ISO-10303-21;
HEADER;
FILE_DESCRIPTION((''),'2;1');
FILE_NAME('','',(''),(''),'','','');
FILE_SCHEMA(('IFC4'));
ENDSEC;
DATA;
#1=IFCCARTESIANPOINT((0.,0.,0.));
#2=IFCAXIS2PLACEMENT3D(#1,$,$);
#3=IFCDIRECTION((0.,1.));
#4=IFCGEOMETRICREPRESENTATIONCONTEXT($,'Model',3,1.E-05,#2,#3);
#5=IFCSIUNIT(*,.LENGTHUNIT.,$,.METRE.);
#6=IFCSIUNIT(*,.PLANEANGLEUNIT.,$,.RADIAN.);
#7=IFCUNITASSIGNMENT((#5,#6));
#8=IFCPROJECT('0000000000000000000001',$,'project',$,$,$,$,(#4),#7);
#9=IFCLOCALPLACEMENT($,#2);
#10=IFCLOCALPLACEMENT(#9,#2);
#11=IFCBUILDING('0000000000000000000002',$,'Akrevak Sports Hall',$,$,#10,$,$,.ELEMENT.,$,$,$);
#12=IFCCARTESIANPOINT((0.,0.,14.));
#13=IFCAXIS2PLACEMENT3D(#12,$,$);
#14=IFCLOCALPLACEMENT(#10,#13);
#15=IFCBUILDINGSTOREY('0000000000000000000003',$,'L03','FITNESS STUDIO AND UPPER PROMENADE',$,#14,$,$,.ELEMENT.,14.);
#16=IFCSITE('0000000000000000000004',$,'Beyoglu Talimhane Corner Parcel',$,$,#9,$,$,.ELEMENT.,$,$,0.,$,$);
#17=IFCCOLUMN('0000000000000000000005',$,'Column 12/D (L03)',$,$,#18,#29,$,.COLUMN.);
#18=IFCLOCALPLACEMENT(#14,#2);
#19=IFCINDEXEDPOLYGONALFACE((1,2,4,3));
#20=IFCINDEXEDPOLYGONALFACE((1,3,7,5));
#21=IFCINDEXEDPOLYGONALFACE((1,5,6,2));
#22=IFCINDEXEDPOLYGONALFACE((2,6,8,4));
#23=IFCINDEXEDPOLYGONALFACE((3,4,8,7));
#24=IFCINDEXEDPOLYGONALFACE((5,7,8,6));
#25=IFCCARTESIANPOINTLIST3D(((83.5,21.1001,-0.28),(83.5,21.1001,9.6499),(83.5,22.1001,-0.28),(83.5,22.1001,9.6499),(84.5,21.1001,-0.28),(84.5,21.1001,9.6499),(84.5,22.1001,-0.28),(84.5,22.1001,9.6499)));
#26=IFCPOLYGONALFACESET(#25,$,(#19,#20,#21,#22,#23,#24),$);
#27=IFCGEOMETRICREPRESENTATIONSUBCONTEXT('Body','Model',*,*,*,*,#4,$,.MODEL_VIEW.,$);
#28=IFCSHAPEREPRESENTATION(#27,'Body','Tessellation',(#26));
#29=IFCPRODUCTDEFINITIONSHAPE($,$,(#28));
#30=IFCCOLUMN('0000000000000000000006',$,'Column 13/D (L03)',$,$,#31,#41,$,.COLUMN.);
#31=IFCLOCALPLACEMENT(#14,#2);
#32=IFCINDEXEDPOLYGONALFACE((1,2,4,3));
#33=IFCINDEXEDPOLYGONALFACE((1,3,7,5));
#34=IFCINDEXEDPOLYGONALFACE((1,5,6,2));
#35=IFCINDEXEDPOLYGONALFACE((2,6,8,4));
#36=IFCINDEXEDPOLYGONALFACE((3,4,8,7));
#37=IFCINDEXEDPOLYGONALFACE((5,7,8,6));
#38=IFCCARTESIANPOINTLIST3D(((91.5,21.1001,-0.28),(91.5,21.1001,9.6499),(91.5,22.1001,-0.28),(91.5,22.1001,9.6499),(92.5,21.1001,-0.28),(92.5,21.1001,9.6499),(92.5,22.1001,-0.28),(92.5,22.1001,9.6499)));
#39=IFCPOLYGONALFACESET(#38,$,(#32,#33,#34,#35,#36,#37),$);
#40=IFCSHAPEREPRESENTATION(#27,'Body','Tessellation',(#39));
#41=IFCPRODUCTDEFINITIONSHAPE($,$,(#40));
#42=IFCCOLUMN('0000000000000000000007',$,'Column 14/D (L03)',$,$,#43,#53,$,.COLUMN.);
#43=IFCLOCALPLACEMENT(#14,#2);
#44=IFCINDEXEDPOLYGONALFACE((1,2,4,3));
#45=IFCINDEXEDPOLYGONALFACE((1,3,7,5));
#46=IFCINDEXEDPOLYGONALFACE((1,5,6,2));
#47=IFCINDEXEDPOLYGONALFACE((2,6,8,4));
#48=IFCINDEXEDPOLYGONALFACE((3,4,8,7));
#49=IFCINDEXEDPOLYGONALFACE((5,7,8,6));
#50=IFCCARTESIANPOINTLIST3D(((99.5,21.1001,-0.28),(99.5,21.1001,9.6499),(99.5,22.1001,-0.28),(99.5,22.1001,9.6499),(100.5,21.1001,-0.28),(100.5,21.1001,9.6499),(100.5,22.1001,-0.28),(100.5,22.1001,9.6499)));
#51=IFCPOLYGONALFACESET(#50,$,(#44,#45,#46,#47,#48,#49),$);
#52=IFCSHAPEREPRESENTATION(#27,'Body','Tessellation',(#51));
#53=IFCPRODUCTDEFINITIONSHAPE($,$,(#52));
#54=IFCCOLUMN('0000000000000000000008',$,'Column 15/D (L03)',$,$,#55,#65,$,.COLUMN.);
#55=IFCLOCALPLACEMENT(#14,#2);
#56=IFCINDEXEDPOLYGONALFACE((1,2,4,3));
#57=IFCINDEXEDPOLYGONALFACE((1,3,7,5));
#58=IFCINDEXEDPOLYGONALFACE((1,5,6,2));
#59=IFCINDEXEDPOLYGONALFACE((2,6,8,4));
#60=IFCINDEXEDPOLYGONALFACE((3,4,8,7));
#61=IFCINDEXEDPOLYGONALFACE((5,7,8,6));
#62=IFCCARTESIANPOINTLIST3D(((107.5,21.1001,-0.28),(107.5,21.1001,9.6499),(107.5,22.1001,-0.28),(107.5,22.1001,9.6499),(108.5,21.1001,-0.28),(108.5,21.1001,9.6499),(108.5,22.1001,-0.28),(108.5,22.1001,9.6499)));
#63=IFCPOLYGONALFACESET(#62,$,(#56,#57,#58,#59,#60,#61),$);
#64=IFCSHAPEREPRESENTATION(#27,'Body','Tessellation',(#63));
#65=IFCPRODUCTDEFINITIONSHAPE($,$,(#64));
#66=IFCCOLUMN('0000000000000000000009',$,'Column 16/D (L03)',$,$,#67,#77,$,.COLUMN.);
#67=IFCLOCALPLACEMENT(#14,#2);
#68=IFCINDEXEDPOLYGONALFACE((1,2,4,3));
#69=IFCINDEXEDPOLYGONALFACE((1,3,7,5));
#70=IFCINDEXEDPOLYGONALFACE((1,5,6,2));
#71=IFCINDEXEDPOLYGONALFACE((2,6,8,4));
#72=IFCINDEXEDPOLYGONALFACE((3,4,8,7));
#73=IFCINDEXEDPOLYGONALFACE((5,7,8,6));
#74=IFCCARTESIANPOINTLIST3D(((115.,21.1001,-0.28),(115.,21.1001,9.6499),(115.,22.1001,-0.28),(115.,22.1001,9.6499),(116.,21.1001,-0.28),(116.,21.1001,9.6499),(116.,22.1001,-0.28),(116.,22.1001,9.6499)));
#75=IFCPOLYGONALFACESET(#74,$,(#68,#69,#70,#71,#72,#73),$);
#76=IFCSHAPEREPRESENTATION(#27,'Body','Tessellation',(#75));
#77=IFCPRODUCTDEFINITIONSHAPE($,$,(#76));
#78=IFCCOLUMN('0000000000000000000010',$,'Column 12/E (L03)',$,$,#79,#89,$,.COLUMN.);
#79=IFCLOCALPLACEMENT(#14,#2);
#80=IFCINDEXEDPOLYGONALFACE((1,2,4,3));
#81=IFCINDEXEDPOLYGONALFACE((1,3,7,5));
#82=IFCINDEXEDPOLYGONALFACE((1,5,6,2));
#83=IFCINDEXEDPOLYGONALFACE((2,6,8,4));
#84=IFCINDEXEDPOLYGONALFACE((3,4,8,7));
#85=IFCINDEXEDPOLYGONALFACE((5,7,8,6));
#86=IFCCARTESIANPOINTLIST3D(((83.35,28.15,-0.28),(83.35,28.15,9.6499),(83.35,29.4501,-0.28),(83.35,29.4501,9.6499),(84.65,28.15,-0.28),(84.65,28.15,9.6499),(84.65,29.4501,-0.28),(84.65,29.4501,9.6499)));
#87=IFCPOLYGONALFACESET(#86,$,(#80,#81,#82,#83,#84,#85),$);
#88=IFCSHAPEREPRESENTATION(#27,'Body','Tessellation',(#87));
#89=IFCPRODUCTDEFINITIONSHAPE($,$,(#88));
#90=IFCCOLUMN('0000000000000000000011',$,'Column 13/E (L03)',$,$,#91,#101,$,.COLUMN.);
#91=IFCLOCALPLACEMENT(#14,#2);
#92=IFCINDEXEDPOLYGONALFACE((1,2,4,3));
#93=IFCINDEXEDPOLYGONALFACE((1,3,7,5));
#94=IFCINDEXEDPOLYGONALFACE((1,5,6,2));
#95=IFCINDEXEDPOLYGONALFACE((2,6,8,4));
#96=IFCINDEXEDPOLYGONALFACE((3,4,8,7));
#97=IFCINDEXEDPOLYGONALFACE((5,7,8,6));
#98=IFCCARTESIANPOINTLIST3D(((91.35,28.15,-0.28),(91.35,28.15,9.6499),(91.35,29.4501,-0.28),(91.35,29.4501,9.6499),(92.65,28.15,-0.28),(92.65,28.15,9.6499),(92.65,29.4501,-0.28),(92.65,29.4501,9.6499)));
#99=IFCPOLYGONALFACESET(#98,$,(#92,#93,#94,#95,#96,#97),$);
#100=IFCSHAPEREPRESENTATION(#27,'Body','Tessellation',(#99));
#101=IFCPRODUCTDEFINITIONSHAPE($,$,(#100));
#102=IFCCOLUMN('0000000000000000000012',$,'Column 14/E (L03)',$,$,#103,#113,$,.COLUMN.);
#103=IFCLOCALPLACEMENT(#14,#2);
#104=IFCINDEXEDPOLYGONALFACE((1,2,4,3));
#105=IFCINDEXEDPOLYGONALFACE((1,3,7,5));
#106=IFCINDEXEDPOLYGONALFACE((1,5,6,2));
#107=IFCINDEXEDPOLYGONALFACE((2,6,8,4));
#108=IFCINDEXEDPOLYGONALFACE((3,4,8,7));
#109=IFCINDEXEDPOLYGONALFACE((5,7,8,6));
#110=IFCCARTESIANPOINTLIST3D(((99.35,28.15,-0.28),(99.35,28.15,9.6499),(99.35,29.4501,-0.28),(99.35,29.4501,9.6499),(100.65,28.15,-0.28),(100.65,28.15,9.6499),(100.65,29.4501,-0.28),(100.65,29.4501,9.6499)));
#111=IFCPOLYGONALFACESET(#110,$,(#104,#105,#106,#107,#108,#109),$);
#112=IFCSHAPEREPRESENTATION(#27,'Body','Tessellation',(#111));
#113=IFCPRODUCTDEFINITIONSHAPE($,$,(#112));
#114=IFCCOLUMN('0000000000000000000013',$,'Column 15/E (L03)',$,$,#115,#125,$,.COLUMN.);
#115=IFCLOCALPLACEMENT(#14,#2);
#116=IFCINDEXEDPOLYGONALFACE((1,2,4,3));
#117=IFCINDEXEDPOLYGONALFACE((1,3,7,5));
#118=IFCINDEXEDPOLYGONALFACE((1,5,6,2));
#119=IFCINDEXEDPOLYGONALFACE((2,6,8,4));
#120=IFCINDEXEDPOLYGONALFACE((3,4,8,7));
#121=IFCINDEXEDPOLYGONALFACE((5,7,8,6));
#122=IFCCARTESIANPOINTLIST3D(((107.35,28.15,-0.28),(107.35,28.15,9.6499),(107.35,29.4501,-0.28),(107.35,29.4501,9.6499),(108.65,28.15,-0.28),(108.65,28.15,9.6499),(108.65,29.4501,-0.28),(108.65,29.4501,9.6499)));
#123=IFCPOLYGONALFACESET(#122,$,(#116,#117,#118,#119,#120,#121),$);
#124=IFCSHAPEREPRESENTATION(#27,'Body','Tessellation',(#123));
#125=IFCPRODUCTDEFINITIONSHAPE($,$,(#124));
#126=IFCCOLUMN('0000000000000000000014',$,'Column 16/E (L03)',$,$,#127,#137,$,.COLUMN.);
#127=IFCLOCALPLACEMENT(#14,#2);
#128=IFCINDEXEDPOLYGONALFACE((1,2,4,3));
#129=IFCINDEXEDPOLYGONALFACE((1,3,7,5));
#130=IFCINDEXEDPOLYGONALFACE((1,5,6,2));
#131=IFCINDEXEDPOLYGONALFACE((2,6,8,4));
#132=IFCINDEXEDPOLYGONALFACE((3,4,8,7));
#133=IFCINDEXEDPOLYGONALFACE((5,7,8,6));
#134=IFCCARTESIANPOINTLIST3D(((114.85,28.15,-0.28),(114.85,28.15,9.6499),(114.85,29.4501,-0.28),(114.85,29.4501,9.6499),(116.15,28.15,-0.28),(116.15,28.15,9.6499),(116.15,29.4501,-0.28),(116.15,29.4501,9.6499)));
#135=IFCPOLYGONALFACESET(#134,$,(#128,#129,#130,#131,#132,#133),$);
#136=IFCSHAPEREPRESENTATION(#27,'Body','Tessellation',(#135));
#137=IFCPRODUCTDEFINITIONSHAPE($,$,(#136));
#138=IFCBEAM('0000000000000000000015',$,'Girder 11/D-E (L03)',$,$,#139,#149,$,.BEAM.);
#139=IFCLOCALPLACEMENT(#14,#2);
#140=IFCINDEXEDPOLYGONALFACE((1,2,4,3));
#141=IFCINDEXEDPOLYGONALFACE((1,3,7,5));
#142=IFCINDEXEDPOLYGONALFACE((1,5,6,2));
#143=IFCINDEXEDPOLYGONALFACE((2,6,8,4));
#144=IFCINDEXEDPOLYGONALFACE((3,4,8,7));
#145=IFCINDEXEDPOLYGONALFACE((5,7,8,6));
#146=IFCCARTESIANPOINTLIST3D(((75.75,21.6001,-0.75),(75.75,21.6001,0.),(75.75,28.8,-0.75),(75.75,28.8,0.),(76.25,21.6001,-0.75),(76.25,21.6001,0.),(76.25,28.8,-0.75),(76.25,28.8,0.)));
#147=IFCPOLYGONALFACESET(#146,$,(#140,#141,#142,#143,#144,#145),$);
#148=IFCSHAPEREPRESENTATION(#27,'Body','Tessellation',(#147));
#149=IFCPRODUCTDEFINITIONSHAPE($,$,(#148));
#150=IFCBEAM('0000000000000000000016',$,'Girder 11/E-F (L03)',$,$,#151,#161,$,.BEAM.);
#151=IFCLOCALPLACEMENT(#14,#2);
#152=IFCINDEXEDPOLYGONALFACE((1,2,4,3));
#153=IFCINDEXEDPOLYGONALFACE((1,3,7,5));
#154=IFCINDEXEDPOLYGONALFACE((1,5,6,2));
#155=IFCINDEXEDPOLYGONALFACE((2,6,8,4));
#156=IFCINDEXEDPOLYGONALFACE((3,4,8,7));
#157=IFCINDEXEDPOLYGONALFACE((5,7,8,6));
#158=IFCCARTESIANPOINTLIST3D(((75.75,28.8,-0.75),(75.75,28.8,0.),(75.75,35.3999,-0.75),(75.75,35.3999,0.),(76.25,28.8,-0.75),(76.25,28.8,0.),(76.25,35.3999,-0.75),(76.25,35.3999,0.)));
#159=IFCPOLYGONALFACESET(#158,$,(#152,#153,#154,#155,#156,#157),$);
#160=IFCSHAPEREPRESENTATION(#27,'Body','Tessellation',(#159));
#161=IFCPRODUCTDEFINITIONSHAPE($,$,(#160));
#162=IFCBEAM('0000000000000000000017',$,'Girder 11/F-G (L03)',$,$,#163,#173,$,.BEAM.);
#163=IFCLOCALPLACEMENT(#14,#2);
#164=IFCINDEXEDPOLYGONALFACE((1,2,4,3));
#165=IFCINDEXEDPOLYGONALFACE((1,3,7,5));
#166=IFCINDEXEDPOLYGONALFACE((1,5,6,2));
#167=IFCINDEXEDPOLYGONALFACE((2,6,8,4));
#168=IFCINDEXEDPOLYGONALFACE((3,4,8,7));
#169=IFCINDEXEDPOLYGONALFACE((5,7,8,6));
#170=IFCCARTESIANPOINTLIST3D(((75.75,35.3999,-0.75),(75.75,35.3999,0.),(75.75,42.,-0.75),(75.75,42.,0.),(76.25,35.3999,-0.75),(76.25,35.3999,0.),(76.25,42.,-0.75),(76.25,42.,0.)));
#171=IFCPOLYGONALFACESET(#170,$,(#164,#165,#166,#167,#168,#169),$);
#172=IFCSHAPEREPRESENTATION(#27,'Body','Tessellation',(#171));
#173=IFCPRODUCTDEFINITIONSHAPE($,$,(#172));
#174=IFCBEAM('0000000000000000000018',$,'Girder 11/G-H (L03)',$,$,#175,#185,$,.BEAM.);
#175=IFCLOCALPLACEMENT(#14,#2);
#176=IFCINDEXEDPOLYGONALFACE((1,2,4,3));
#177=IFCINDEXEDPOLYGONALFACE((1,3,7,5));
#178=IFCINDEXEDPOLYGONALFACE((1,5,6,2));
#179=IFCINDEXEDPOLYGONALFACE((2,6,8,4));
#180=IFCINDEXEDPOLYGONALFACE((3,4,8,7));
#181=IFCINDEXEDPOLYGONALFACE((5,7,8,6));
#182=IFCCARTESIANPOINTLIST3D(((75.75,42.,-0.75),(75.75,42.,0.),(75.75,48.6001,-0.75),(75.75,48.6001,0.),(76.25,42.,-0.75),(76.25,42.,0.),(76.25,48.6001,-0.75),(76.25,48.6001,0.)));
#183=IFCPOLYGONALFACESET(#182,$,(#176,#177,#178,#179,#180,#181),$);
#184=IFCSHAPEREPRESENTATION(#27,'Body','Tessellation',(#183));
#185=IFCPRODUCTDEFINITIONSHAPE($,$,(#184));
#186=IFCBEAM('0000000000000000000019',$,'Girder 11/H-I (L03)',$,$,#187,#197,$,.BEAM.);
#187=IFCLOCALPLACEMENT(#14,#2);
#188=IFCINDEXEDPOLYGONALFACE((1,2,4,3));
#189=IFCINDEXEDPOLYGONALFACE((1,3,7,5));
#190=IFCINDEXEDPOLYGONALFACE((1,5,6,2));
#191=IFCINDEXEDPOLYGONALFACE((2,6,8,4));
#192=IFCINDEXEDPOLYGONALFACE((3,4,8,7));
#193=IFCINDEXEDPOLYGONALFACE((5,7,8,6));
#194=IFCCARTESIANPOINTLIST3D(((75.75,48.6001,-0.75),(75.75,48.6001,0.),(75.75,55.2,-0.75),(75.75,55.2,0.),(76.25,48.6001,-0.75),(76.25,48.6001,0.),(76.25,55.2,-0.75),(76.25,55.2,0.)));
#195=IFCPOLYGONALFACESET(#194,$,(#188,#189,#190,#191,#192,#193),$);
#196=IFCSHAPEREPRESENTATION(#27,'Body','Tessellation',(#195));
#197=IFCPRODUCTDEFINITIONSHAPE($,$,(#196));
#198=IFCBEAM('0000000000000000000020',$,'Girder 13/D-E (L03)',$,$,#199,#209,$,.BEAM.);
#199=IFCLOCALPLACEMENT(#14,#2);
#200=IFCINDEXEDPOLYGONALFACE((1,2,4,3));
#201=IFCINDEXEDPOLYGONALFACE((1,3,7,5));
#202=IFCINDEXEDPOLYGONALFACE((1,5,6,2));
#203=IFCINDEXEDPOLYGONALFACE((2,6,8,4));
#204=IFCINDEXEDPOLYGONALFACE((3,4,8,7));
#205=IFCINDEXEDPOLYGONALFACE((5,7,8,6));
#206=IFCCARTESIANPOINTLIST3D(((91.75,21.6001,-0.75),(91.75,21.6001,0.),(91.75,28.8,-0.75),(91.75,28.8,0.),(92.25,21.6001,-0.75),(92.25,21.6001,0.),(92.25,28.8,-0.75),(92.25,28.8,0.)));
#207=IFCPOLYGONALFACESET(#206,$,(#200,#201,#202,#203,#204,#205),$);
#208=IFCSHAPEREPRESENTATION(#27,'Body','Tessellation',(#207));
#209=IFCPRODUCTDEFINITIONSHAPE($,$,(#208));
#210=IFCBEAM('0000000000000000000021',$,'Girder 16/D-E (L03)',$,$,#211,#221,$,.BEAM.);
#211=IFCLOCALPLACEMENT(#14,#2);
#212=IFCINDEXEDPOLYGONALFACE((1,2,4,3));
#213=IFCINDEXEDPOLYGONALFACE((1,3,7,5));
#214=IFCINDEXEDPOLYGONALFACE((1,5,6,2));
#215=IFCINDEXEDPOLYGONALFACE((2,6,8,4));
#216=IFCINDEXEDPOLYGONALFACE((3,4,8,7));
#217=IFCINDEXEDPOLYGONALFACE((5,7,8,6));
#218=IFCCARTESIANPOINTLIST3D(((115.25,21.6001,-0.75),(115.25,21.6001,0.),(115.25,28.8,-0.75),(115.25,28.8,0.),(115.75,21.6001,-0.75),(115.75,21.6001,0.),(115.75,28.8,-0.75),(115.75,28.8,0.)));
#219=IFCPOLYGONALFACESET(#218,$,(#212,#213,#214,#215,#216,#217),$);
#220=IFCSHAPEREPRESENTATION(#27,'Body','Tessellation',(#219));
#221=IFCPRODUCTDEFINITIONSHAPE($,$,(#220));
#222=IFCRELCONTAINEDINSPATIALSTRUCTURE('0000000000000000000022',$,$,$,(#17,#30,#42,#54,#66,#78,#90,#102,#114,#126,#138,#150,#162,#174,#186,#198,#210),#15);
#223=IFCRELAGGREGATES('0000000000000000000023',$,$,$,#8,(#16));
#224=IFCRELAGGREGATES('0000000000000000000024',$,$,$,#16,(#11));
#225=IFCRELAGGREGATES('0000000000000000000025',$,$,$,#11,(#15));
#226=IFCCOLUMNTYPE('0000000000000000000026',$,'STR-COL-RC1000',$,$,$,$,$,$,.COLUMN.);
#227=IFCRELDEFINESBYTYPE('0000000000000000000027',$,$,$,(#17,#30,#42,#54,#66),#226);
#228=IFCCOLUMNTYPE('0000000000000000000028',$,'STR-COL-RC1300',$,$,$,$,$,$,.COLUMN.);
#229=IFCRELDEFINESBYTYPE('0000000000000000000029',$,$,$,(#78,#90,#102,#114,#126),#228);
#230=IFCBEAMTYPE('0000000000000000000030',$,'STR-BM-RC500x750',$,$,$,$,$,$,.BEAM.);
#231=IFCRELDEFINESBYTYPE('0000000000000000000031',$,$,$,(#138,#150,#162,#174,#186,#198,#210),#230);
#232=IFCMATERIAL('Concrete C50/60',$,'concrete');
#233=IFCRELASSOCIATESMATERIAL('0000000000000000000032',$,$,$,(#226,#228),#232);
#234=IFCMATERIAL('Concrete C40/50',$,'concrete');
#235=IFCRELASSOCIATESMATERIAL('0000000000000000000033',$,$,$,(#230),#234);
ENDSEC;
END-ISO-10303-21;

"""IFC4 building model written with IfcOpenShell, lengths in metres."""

from ifc_helpers import new_model, si_unit, direction, frame, origin, origin_2d, place, context, subcontext, project, spatial, rectangle, extrude, material, material_profile, profile_set, type_object, element, save


model = new_model("IFC4")

# Units and contexts
model_context = context("Model", 3, precision=1e-05, world=origin(), true_north=direction((0.0, 1.0)))
body_context = subcontext(model_context, "Body", "Model", "MODEL_VIEW")
ifc_project = project(units=[si_unit("LENGTHUNIT", "METRE"), si_unit("PLANEANGLEUNIT", "RADIAN")], contexts=[model_context])

# Site, building, storey
site_placement = place(None, origin())
site = spatial("IfcSite", under=ifc_project, at=site_placement, Name="Beyoglu Talimhane Corner Parcel", CompositionType="ELEMENT", RefElevation=0.0)
building_placement = place(site_placement, origin())
building = spatial("IfcBuilding", under=site, at=building_placement, Name="Akrevak Sports Hall", CompositionType="ELEMENT")
storey_placement = place(building_placement, frame((0.0, 0.0, 14.0)))
storey = spatial("IfcBuildingStorey", under=building, at=storey_placement, Name="L03", Description="FITNESS STUDIO AND UPPER PROMENADE", CompositionType="ELEMENT", Elevation=14.0)

# Columns
ifc_material_1 = material(Name="Concrete C50/60", Category="concrete")
ifc_material_profile_1 = material_profile(ifc_material_1, rectangle(XDim=1.0, YDim=1.0, at=origin_2d()), Name="RC 1000x1000", Category="concrete")
ifc_profile_set_1 = profile_set([ifc_material_profile_1], Name="Concrete C50/60")
column_type_1 = type_object("IfcColumnType", Name="STR-COL-RC1000", PredefinedType="COLUMN", material=ifc_profile_set_1)
for number, where, z_axis, x_axis, name in (
    (1, (84.0, 21.6001, -0.28), (0.0, 0.0, 1.0), (1.0, 0.0, 0.0), "Column 12/D (L03)"),
    (2, (92.0, 21.6001, -0.28), (0.0, 0.0, 1.0), (1.0, 0.0, 0.0), "Column 13/D (L03)"),
    (3, (100.0, 21.6001, -0.28), (0.0, 0.0, 1.0), (1.0, 0.0, 0.0), "Column 14/D (L03)"),
    (4, (108.0, 21.6001, -0.28), (0.0, 0.0, 1.0), (1.0, 0.0, 0.0), "Column 15/D (L03)"),
    (5, (115.5, 21.6001, -0.28), (0.0, 0.0, 1.0), (1.0, 0.0, 0.0), "Column 16/D (L03)"),
):
    element("IfcColumn", number, at=place(storey_placement, frame(where, z_axis=z_axis, x_axis=x_axis)), inside=storey, type_object=column_type_1, Name=name, PredefinedType="COLUMN", context=body_context, shape_type="SweptSolid", body=[
        extrude(rectangle(XDim=1.0, YDim=1.0, at=origin_2d()), origin(), (0.0, 0.0, 1.0), 9.9299),
    ])
ifc_material_profile_2 = material_profile(ifc_material_1, rectangle(XDim=1.3, YDim=1.3, at=origin_2d()), Name="RC 1300x1300", Category="concrete")
ifc_profile_set_2 = profile_set([ifc_material_profile_2], Name="Concrete C50/60")
column_type_2 = type_object("IfcColumnType", Name="STR-COL-RC1300", PredefinedType="COLUMN", material=ifc_profile_set_2)
for number, where, z_axis, x_axis, name in (
    (6, (84.0, 28.8, -0.28), (0.0, 0.0, 1.0), (1.0, 0.0, 0.0), "Column 12/E (L03)"),
    (7, (92.0, 28.8, -0.28), (0.0, 0.0, 1.0), (1.0, 0.0, 0.0), "Column 13/E (L03)"),
    (8, (100.0, 28.8, -0.28), (0.0, 0.0, 1.0), (1.0, 0.0, 0.0), "Column 14/E (L03)"),
    (9, (108.0, 28.8, -0.28), (0.0, 0.0, 1.0), (1.0, 0.0, 0.0), "Column 15/E (L03)"),
    (10, (115.5, 28.8, -0.28), (0.0, 0.0, 1.0), (1.0, 0.0, 0.0), "Column 16/E (L03)"),
):
    element("IfcColumn", number, at=place(storey_placement, frame(where, z_axis=z_axis, x_axis=x_axis)), inside=storey, type_object=column_type_2, Name=name, PredefinedType="COLUMN", context=body_context, shape_type="SweptSolid", body=[
        extrude(rectangle(XDim=1.3, YDim=1.3, at=origin_2d()), origin(), (0.0, 0.0, 1.0), 9.9299),
    ])

# Beams
ifc_material_2 = material(Name="Concrete C40/50", Category="concrete")
ifc_material_profile_3 = material_profile(ifc_material_2, rectangle(XDim=0.5, YDim=0.75, at=origin_2d()), Name="BM 500x750", Category="concrete")
ifc_profile_set_3 = profile_set([ifc_material_profile_3], Name="Concrete C40/50")
beam_type_1 = type_object("IfcBeamType", Name="STR-BM-RC500x750", PredefinedType="BEAM", material=ifc_profile_set_3)
beam_1_placement = place(storey_placement, frame((76.0, 21.6001, -0.375), z_axis=(0.0, 1.0, 0.0), x_axis=(-1.0, 0.0, 0.0)))
element("IfcBeam", 11, at=beam_1_placement, inside=storey, type_object=beam_type_1, Name="Girder 11/D-E (L03)", PredefinedType="BEAM", context=body_context, shape_type="SweptSolid", body=[
    extrude(rectangle(XDim=0.5, YDim=0.75, at=origin_2d()), origin(), (0.0, 0.0, 1.0), 7.2),
])
beam_2_placement = place(storey_placement, frame((76.0, 28.8, -0.375), z_axis=(0.0, 1.0, 0.0), x_axis=(-1.0, 0.0, 0.0)))
element("IfcBeam", 12, at=beam_2_placement, inside=storey, type_object=beam_type_1, Name="Girder 11/E-F (L03)", PredefinedType="BEAM", context=body_context, shape_type="SweptSolid", body=[
    extrude(rectangle(XDim=0.5, YDim=0.75, at=origin_2d()), origin(), (0.0, 0.0, 1.0), 6.5999),
])
for number, where, z_axis, x_axis, name in (
    (13, (76.0, 35.3999, -0.375), (0.0, 1.0, 0.0), (-1.0, 0.0, 0.0), "Girder 11/F-G (L03)"),
    (14, (76.0, 42.0, -0.375), (0.0, 1.0, 0.0), (-1.0, 0.0, 0.0), "Girder 11/G-H (L03)"),
):
    element("IfcBeam", number, at=place(storey_placement, frame(where, z_axis=z_axis, x_axis=x_axis)), inside=storey, type_object=beam_type_1, Name=name, PredefinedType="BEAM", context=body_context, shape_type="SweptSolid", body=[
        extrude(rectangle(XDim=0.5, YDim=0.75, at=origin_2d()), origin(), (0.0, 0.0, 1.0), 6.6001),
    ])
beam_3_placement = place(storey_placement, frame((76.0, 48.6001, -0.375), z_axis=(0.0, 1.0, 0.0), x_axis=(-1.0, 0.0, 0.0)))
element("IfcBeam", 15, at=beam_3_placement, inside=storey, type_object=beam_type_1, Name="Girder 11/H-I (L03)", PredefinedType="BEAM", context=body_context, shape_type="SweptSolid", body=[
    extrude(rectangle(XDim=0.5, YDim=0.75, at=origin_2d()), origin(), (0.0, 0.0, 1.0), 6.5999),
])
for number, where, z_axis, x_axis, name in (
    (16, (92.0, 21.6001, -0.375), (0.0, 1.0, 0.0), (-1.0, 0.0, 0.0), "Girder 13/D-E (L03)"),
    (17, (115.5, 21.6001, -0.375), (0.0, 1.0, 0.0), (-1.0, 0.0, 0.0), "Girder 16/D-E (L03)"),
):
    element("IfcBeam", number, at=place(storey_placement, frame(where, z_axis=z_axis, x_axis=x_axis)), inside=storey, type_object=beam_type_1, Name=name, PredefinedType="BEAM", context=body_context, shape_type="SweptSolid", body=[
        extrude(rectangle(XDim=0.5, YDim=0.75, at=origin_2d()), origin(), (0.0, 0.0, 1.0), 7.2),
    ])

save(model, "model.ifc")
